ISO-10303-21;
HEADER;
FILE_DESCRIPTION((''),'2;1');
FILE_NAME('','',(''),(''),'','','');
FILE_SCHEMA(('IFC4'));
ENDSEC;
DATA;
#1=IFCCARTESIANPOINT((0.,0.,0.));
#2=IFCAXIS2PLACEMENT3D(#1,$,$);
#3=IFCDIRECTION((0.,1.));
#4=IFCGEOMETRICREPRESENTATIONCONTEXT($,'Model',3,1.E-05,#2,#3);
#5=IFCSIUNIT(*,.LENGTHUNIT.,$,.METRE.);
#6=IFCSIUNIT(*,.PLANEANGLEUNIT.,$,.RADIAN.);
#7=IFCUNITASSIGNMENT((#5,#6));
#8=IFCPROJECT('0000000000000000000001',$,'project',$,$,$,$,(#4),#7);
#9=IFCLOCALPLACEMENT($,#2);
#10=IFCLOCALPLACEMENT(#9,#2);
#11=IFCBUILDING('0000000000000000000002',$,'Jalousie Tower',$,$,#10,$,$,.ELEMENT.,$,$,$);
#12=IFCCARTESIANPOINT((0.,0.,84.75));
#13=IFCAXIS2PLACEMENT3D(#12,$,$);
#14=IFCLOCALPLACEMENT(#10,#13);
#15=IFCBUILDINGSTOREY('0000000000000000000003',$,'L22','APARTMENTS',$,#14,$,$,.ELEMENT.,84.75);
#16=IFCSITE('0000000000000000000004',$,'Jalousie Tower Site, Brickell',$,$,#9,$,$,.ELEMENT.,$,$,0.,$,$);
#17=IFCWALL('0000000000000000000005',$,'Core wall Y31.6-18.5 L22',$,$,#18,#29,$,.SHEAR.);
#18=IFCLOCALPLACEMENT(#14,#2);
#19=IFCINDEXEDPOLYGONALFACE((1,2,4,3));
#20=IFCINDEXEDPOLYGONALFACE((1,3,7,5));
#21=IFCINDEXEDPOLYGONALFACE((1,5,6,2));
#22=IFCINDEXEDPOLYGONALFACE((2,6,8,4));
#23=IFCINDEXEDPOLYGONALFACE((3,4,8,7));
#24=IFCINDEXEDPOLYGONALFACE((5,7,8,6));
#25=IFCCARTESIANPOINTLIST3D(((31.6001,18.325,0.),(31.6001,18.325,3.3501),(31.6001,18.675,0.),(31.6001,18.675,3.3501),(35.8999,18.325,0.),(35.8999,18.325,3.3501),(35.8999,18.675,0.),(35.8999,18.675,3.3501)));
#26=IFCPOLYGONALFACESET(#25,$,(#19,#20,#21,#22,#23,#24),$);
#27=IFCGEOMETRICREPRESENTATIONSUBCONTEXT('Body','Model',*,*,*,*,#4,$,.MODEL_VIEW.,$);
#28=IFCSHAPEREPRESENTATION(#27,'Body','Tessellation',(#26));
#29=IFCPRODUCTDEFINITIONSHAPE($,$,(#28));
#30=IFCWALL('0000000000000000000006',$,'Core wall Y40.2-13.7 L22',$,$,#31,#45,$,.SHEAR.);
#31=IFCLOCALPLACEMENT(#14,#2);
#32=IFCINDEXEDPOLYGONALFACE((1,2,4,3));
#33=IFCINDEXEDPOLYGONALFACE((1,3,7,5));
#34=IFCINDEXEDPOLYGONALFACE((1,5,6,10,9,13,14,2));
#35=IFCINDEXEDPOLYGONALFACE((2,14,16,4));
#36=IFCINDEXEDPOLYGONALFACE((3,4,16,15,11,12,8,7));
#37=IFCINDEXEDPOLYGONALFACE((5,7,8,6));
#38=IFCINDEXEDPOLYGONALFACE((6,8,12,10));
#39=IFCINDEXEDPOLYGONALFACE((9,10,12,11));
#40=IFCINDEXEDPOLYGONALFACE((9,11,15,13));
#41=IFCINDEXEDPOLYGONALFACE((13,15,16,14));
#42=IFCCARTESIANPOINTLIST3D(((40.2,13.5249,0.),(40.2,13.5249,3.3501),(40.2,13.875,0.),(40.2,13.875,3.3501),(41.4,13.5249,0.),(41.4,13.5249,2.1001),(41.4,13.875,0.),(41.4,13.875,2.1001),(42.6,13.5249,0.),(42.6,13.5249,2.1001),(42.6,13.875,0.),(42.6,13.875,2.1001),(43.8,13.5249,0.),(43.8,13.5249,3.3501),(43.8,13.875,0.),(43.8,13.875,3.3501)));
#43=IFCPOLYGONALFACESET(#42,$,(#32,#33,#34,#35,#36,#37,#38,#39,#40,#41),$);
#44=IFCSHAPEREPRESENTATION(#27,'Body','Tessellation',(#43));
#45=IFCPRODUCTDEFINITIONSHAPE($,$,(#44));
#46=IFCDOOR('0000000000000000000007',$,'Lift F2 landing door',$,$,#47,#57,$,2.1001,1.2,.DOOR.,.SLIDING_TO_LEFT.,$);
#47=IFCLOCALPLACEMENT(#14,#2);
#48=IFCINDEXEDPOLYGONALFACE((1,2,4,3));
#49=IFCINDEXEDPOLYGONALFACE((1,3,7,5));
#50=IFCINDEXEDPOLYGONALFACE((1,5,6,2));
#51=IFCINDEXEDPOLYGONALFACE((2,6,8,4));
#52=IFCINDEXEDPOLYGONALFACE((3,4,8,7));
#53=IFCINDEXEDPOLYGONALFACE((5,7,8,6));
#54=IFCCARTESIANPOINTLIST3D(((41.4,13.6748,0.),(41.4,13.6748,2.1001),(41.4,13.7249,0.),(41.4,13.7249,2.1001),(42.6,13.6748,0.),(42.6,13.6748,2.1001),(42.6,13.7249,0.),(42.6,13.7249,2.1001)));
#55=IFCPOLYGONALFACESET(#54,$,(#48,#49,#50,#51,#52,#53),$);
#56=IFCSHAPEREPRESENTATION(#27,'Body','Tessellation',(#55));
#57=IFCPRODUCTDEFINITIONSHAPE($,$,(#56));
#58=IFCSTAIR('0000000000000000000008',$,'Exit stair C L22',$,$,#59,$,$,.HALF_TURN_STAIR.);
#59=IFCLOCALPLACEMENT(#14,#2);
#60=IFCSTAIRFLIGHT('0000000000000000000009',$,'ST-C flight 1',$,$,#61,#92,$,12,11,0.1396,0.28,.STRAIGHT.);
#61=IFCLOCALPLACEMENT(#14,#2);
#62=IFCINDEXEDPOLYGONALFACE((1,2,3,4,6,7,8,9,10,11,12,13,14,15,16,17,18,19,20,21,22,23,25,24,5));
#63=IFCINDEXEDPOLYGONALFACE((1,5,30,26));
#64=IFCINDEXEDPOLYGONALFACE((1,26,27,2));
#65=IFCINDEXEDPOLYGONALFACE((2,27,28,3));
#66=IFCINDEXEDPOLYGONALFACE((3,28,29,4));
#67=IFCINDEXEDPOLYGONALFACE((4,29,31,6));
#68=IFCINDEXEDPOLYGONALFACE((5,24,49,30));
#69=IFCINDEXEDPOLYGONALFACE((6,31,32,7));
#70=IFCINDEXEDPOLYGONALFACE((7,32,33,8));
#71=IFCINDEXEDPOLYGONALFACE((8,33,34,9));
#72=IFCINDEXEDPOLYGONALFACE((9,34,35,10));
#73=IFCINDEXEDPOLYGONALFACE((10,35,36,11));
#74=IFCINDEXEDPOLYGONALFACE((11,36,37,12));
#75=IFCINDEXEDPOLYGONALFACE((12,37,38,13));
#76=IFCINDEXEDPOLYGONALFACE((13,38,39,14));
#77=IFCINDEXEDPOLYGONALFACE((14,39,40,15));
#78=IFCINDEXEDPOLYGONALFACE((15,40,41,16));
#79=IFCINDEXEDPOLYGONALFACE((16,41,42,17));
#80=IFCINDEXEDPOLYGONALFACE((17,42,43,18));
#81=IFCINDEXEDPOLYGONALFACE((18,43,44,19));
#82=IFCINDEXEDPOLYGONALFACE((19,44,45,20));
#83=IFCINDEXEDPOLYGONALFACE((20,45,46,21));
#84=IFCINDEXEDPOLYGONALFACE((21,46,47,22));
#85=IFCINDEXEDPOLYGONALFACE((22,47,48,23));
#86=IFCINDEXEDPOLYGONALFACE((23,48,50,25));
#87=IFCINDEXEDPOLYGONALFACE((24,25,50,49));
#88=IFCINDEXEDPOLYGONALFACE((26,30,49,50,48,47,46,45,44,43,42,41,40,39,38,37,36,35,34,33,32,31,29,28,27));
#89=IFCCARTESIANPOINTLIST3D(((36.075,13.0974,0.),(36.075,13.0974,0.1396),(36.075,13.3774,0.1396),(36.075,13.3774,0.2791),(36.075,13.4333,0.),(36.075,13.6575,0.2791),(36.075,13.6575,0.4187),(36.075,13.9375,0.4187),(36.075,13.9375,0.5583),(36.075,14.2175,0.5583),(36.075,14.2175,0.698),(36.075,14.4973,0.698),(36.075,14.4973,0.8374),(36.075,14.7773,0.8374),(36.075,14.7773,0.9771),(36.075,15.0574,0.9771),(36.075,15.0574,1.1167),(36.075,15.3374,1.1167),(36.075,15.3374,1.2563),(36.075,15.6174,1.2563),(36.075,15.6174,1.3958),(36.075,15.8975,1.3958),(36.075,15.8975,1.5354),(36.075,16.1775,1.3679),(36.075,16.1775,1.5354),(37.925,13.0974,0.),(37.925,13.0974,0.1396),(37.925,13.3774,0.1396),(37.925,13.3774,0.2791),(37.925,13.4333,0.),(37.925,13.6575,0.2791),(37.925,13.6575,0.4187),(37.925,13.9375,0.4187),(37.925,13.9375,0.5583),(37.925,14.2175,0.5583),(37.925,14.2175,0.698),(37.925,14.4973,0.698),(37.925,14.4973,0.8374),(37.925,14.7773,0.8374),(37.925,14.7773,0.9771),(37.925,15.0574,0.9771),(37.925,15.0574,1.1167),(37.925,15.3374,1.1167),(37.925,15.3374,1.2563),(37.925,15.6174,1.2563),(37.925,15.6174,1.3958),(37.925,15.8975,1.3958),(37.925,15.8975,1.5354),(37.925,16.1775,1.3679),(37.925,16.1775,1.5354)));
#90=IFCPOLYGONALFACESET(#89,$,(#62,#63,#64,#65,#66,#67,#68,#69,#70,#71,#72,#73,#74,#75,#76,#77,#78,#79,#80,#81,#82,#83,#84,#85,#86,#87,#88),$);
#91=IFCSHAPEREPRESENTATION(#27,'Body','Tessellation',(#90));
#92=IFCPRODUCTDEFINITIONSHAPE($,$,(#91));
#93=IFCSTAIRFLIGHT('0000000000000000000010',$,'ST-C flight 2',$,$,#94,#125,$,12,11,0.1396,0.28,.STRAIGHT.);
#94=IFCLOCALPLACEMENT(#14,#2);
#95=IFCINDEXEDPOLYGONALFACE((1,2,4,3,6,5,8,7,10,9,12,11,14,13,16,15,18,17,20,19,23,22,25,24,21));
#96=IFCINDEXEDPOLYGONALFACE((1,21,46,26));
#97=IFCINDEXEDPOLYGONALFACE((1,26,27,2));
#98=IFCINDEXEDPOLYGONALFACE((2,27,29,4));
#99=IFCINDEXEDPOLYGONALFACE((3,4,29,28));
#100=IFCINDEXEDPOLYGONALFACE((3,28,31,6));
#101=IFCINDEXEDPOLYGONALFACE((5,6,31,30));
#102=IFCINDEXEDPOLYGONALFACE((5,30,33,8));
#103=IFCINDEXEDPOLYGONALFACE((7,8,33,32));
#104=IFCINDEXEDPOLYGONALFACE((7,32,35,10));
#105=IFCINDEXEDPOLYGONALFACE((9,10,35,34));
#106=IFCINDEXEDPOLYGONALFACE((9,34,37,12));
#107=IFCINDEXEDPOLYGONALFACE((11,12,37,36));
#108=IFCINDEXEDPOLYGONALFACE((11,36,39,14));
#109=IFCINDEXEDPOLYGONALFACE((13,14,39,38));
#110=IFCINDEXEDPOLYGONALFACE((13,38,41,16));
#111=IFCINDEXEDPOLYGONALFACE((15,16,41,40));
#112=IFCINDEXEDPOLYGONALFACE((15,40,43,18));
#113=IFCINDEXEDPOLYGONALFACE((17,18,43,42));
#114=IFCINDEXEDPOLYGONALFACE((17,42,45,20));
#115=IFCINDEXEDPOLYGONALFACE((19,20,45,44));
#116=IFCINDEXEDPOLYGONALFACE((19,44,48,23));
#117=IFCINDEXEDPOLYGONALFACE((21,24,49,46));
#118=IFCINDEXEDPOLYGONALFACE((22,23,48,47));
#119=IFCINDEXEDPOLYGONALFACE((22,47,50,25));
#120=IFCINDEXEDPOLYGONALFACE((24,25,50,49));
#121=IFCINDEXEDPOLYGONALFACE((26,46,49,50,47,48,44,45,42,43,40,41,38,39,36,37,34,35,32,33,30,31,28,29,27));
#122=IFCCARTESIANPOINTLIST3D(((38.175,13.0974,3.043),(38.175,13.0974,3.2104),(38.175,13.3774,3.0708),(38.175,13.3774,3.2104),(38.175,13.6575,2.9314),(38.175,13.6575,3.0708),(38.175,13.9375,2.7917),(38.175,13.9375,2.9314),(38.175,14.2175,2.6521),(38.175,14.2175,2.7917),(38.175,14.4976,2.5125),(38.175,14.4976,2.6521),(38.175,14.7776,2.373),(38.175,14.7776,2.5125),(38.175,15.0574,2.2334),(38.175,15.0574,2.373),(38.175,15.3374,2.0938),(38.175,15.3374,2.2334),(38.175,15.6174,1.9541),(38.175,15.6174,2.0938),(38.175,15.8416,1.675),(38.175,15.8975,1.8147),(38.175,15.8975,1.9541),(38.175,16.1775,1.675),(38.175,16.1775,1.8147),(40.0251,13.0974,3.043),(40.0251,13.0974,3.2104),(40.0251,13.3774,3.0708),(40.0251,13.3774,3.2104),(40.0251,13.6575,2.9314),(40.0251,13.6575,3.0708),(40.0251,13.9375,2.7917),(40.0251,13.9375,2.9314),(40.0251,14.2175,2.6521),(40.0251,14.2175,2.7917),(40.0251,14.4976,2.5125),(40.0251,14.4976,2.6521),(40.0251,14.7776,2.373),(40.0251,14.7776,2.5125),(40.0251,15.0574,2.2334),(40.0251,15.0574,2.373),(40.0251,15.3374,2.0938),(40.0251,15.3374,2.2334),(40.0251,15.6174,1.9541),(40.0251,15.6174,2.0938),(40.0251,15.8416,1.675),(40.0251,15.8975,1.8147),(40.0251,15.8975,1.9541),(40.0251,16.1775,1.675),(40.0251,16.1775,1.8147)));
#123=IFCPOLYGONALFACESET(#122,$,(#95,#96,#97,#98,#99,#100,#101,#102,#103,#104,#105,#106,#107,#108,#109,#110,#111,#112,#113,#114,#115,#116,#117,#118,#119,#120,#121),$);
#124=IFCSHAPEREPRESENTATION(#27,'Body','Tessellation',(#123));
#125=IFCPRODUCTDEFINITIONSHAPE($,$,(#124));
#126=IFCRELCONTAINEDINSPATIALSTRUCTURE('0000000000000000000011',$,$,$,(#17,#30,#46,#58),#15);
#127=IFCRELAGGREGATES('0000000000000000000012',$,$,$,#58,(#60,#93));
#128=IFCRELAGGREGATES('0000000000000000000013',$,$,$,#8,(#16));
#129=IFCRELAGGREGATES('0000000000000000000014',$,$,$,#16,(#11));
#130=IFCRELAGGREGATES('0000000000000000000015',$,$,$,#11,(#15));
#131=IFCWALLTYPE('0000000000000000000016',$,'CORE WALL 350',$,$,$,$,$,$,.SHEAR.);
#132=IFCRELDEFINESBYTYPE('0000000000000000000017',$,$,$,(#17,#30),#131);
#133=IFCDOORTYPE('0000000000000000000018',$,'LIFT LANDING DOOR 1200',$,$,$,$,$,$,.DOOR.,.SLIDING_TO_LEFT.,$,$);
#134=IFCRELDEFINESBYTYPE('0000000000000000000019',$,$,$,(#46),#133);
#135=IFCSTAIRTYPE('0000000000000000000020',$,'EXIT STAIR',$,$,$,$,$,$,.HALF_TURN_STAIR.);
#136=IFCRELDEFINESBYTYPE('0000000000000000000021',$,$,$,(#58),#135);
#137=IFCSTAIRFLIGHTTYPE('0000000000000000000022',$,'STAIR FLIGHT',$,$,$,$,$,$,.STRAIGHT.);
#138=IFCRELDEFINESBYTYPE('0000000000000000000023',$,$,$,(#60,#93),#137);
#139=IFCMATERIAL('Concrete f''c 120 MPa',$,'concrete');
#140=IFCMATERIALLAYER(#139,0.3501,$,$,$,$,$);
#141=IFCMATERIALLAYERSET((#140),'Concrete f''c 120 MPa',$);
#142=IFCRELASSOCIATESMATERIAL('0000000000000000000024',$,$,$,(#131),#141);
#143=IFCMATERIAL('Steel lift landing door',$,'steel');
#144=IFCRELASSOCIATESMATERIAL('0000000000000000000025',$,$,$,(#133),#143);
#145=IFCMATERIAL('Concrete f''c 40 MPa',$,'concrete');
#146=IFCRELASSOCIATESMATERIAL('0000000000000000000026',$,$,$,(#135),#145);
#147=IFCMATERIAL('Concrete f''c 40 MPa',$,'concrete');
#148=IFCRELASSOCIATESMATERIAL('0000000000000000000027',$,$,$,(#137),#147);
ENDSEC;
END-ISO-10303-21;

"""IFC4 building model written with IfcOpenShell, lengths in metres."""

from ifc_helpers import new_model, si_unit, direction, frame, frame_2d, origin, place, context, subcontext, project, spatial, polyline, rectangle, outline, extrude, material, layer, layer_set, type_object, element, fill, aggregate, save


model = new_model("IFC4")

# Units and contexts
model_context = context("Model", 3, precision=1e-05, world=origin(), true_north=direction((0.0, 1.0)))
body_context = subcontext(model_context, "Body", "Model", "MODEL_VIEW")
ifc_project = project(units=[si_unit("LENGTHUNIT", "METRE"), si_unit("PLANEANGLEUNIT", "RADIAN")], contexts=[model_context])

# Site, building, storey
site_placement = place(None, origin())
site = spatial("IfcSite", under=ifc_project, at=site_placement, Name="Jalousie Tower Site, Brickell", CompositionType="ELEMENT", RefElevation=0.0)
building_placement = place(site_placement, origin())
building = spatial("IfcBuilding", under=site, at=building_placement, Name="Jalousie Tower", CompositionType="ELEMENT")
storey_placement = place(building_placement, frame((0.0, 0.0, 84.75)))
storey = spatial("IfcBuildingStorey", under=building, at=storey_placement, Name="L22", Description="APARTMENTS", CompositionType="ELEMENT", Elevation=84.75)

# Shared definitions
ifc_material_1 = material(Name="Concrete f'c 120 MPa", Category="concrete")
ifc_layer = layer(ifc_material_1, 0.3501)
ifc_layer_set = layer_set([ifc_layer], Name="Concrete f'c 120 MPa")
wall_type = type_object("IfcWallType", Name="CORE WALL 350", PredefinedType="SHEAR", material=ifc_layer_set)

# Wall
for number, where, z_axis, x_axis, name in (
    (1, (31.6001, 18.5, 0.0), (0.0, 0.0, 1.0), (1.0, 0.0, 0.0), "Core wall Y31.6-18.5 L22"),
):
    element("IfcWall", number, at=place(storey_placement, frame(where, z_axis=z_axis, x_axis=x_axis)), inside=storey, type_object=wall_type, Name=name, PredefinedType="SHEAR", context=body_context, shape_type="SweptSolid", body=[
        extrude(rectangle(XDim=4.2998, YDim=0.3501, at=frame_2d((2.1499, 0.0))), origin(), (0.0, 0.0, 1.0), 3.3501),
    ])

# Wall, opening, door
wall_1_placement = place(storey_placement, frame((40.2, 13.7, 0.0), z_axis=(0.0, 0.0, 1.0), x_axis=(1.0, 0.0, 0.0)))
wall_1 = element("IfcWall", 2, at=wall_1_placement, inside=storey, type_object=wall_type, Name="Core wall Y40.2-13.7 L22", PredefinedType="SHEAR", context=body_context, shape_type="SweptSolid", body=[
    extrude(rectangle(XDim=3.6001, YDim=0.3501, at=frame_2d((1.8, 0.0))), origin(), (0.0, 0.0, 1.0), 3.3501),
])
opening_1_placement = place(wall_1_placement, frame((1.2, 0.0, 0.0)))
opening_1 = element("IfcOpeningElement", 3, at=opening_1_placement, cuts=wall_1, PredefinedType="OPENING", context=body_context, shape_type="SweptSolid", body=[
    extrude(rectangle(XDim=1.2, YDim=2.1001, at=frame_2d((0.6001, 1.05))), frame((0.0, 0.1851, 0.0), z_axis=(0.0, -1.0, 0.0), x_axis=(1.0, 0.0, 0.0)), (0.0, 0.0, 1.0), 0.3701),
])
ifc_material_2 = material(Name="Steel lift landing door", Category="steel")
door_type_1 = type_object("IfcDoorType", Name="LIFT LANDING DOOR 1200", OperationType="SLIDING_TO_LEFT", PredefinedType="DOOR", material=ifc_material_2)
door_1_placement = place(opening_1_placement, origin())
door_1 = element("IfcDoor", 4, at=door_1_placement, inside=storey, type_object=door_type_1, Name="Lift F2 landing door", OperationType="SLIDING_TO_LEFT", OverallHeight=2.1001, OverallWidth=1.2, PredefinedType="DOOR", context=body_context, shape_type="SweptSolid", body=[
    extrude(rectangle(XDim=1.2, YDim=2.1001, at=frame_2d((0.6001, 1.05))), frame((0.0, 0.0249, 0.0), z_axis=(0.0, -1.0, 0.0), x_axis=(1.0, 0.0, 0.0)), (0.0, 0.0, 1.0), 0.05),
])
fill(opening_1, door_1)

# Stair, stair flights
ifc_material_3 = material(Name="Concrete f'c 40 MPa", Category="concrete")
stair_type = type_object("IfcStairType", Name="EXIT STAIR", PredefinedType="HALF_TURN_STAIR", material=ifc_material_3)
stair_placement = place(storey_placement, origin())
stair = element("IfcStair", 5, at=stair_placement, inside=storey, type_object=stair_type, Name="Exit stair C L22", PredefinedType="HALF_TURN_STAIR")
ifc_material_4 = material(Name="Concrete f'c 40 MPa", Category="concrete")
stair_flight_type = type_object("IfcStairFlightType", Name="STAIR FLIGHT", PredefinedType="STRAIGHT", material=ifc_material_4)
stair_flight_1_placement = place(storey_placement, frame((37.0, 13.0974, 0.0), z_axis=(0.0, 0.0, 1.0), x_axis=(0.0, 1.0, 0.0)))
stair_flight_1 = element("IfcStairFlight", 6, at=stair_flight_1_placement, type_object=stair_flight_type, Name="ST-C flight 1", NumberOfRisers=12, NumberOfTreads=11, PredefinedType="STRAIGHT", RiserHeight=0.1396, TreadLength=0.28, context=body_context, shape_type="SweptSolid", body=[
    extrude(outline(polyline([(0.0, 0.0), (0.0, 0.1396), (0.28, 0.1396), (0.28, 0.2791), (0.5601, 0.2791), (0.5601, 0.4187), (0.8401, 0.4187), (0.8401, 0.5583), (1.1201, 0.5583), (1.1201, 0.698), (1.3999, 0.698), (1.3999, 0.8374), (1.6799, 0.8374), (1.6799, 0.9771), (1.96, 0.9771), (1.96, 1.1167), (2.24, 1.1167), (2.24, 1.2563), (2.52, 1.2563), (2.52, 1.3958), (2.8, 1.3958), (2.8, 1.5354), (3.0801, 1.5354), (3.0801, 1.675), (3.0801, 1.3679), (0.3359, 0.0), (0.0, 0.0)])), frame((0.0, 0.925, 0.0), z_axis=(0.0, -1.0, 0.0), x_axis=(1.0, 0.0, 0.0)), (0.0, 0.0, 1.0), 1.8501),
])
stair_flight_2_placement = place(storey_placement, frame((39.1001, 16.1775, 1.675), z_axis=(0.0, 0.0, 1.0), x_axis=(0.0, -1.0, 0.0)))
stair_flight_2 = element("IfcStairFlight", 7, at=stair_flight_2_placement, type_object=stair_flight_type, Name="ST-C flight 2", NumberOfRisers=12, NumberOfTreads=11, PredefinedType="STRAIGHT", RiserHeight=0.1396, TreadLength=0.28, context=body_context, shape_type="SweptSolid", body=[
    extrude(outline(polyline([(0.0, 0.0), (0.0, 0.1396), (0.28, 0.1396), (0.28, 0.2791), (0.5601, 0.2791), (0.5601, 0.4187), (0.8401, 0.4187), (0.8401, 0.5583), (1.1201, 0.5583), (1.1201, 0.698), (1.3999, 0.698), (1.3999, 0.8374), (1.6799, 0.8374), (1.6799, 0.9771), (1.96, 0.9771), (1.96, 1.1167), (2.24, 1.1167), (2.24, 1.2563), (2.52, 1.2563), (2.52, 1.3958), (2.8, 1.3958), (2.8, 1.5354), (3.0801, 1.5354), (3.0801, 1.675), (3.0801, 1.3679), (0.3359, 0.0), (0.0, 0.0)])), frame((0.0, 0.925, 0.0), z_axis=(0.0, -1.0, 0.0), x_axis=(1.0, 0.0, 0.0)), (0.0, 0.0, 1.0), 1.8501),
])
aggregate(stair, [stair_flight_1, stair_flight_2])

save(model, "model.ifc")
